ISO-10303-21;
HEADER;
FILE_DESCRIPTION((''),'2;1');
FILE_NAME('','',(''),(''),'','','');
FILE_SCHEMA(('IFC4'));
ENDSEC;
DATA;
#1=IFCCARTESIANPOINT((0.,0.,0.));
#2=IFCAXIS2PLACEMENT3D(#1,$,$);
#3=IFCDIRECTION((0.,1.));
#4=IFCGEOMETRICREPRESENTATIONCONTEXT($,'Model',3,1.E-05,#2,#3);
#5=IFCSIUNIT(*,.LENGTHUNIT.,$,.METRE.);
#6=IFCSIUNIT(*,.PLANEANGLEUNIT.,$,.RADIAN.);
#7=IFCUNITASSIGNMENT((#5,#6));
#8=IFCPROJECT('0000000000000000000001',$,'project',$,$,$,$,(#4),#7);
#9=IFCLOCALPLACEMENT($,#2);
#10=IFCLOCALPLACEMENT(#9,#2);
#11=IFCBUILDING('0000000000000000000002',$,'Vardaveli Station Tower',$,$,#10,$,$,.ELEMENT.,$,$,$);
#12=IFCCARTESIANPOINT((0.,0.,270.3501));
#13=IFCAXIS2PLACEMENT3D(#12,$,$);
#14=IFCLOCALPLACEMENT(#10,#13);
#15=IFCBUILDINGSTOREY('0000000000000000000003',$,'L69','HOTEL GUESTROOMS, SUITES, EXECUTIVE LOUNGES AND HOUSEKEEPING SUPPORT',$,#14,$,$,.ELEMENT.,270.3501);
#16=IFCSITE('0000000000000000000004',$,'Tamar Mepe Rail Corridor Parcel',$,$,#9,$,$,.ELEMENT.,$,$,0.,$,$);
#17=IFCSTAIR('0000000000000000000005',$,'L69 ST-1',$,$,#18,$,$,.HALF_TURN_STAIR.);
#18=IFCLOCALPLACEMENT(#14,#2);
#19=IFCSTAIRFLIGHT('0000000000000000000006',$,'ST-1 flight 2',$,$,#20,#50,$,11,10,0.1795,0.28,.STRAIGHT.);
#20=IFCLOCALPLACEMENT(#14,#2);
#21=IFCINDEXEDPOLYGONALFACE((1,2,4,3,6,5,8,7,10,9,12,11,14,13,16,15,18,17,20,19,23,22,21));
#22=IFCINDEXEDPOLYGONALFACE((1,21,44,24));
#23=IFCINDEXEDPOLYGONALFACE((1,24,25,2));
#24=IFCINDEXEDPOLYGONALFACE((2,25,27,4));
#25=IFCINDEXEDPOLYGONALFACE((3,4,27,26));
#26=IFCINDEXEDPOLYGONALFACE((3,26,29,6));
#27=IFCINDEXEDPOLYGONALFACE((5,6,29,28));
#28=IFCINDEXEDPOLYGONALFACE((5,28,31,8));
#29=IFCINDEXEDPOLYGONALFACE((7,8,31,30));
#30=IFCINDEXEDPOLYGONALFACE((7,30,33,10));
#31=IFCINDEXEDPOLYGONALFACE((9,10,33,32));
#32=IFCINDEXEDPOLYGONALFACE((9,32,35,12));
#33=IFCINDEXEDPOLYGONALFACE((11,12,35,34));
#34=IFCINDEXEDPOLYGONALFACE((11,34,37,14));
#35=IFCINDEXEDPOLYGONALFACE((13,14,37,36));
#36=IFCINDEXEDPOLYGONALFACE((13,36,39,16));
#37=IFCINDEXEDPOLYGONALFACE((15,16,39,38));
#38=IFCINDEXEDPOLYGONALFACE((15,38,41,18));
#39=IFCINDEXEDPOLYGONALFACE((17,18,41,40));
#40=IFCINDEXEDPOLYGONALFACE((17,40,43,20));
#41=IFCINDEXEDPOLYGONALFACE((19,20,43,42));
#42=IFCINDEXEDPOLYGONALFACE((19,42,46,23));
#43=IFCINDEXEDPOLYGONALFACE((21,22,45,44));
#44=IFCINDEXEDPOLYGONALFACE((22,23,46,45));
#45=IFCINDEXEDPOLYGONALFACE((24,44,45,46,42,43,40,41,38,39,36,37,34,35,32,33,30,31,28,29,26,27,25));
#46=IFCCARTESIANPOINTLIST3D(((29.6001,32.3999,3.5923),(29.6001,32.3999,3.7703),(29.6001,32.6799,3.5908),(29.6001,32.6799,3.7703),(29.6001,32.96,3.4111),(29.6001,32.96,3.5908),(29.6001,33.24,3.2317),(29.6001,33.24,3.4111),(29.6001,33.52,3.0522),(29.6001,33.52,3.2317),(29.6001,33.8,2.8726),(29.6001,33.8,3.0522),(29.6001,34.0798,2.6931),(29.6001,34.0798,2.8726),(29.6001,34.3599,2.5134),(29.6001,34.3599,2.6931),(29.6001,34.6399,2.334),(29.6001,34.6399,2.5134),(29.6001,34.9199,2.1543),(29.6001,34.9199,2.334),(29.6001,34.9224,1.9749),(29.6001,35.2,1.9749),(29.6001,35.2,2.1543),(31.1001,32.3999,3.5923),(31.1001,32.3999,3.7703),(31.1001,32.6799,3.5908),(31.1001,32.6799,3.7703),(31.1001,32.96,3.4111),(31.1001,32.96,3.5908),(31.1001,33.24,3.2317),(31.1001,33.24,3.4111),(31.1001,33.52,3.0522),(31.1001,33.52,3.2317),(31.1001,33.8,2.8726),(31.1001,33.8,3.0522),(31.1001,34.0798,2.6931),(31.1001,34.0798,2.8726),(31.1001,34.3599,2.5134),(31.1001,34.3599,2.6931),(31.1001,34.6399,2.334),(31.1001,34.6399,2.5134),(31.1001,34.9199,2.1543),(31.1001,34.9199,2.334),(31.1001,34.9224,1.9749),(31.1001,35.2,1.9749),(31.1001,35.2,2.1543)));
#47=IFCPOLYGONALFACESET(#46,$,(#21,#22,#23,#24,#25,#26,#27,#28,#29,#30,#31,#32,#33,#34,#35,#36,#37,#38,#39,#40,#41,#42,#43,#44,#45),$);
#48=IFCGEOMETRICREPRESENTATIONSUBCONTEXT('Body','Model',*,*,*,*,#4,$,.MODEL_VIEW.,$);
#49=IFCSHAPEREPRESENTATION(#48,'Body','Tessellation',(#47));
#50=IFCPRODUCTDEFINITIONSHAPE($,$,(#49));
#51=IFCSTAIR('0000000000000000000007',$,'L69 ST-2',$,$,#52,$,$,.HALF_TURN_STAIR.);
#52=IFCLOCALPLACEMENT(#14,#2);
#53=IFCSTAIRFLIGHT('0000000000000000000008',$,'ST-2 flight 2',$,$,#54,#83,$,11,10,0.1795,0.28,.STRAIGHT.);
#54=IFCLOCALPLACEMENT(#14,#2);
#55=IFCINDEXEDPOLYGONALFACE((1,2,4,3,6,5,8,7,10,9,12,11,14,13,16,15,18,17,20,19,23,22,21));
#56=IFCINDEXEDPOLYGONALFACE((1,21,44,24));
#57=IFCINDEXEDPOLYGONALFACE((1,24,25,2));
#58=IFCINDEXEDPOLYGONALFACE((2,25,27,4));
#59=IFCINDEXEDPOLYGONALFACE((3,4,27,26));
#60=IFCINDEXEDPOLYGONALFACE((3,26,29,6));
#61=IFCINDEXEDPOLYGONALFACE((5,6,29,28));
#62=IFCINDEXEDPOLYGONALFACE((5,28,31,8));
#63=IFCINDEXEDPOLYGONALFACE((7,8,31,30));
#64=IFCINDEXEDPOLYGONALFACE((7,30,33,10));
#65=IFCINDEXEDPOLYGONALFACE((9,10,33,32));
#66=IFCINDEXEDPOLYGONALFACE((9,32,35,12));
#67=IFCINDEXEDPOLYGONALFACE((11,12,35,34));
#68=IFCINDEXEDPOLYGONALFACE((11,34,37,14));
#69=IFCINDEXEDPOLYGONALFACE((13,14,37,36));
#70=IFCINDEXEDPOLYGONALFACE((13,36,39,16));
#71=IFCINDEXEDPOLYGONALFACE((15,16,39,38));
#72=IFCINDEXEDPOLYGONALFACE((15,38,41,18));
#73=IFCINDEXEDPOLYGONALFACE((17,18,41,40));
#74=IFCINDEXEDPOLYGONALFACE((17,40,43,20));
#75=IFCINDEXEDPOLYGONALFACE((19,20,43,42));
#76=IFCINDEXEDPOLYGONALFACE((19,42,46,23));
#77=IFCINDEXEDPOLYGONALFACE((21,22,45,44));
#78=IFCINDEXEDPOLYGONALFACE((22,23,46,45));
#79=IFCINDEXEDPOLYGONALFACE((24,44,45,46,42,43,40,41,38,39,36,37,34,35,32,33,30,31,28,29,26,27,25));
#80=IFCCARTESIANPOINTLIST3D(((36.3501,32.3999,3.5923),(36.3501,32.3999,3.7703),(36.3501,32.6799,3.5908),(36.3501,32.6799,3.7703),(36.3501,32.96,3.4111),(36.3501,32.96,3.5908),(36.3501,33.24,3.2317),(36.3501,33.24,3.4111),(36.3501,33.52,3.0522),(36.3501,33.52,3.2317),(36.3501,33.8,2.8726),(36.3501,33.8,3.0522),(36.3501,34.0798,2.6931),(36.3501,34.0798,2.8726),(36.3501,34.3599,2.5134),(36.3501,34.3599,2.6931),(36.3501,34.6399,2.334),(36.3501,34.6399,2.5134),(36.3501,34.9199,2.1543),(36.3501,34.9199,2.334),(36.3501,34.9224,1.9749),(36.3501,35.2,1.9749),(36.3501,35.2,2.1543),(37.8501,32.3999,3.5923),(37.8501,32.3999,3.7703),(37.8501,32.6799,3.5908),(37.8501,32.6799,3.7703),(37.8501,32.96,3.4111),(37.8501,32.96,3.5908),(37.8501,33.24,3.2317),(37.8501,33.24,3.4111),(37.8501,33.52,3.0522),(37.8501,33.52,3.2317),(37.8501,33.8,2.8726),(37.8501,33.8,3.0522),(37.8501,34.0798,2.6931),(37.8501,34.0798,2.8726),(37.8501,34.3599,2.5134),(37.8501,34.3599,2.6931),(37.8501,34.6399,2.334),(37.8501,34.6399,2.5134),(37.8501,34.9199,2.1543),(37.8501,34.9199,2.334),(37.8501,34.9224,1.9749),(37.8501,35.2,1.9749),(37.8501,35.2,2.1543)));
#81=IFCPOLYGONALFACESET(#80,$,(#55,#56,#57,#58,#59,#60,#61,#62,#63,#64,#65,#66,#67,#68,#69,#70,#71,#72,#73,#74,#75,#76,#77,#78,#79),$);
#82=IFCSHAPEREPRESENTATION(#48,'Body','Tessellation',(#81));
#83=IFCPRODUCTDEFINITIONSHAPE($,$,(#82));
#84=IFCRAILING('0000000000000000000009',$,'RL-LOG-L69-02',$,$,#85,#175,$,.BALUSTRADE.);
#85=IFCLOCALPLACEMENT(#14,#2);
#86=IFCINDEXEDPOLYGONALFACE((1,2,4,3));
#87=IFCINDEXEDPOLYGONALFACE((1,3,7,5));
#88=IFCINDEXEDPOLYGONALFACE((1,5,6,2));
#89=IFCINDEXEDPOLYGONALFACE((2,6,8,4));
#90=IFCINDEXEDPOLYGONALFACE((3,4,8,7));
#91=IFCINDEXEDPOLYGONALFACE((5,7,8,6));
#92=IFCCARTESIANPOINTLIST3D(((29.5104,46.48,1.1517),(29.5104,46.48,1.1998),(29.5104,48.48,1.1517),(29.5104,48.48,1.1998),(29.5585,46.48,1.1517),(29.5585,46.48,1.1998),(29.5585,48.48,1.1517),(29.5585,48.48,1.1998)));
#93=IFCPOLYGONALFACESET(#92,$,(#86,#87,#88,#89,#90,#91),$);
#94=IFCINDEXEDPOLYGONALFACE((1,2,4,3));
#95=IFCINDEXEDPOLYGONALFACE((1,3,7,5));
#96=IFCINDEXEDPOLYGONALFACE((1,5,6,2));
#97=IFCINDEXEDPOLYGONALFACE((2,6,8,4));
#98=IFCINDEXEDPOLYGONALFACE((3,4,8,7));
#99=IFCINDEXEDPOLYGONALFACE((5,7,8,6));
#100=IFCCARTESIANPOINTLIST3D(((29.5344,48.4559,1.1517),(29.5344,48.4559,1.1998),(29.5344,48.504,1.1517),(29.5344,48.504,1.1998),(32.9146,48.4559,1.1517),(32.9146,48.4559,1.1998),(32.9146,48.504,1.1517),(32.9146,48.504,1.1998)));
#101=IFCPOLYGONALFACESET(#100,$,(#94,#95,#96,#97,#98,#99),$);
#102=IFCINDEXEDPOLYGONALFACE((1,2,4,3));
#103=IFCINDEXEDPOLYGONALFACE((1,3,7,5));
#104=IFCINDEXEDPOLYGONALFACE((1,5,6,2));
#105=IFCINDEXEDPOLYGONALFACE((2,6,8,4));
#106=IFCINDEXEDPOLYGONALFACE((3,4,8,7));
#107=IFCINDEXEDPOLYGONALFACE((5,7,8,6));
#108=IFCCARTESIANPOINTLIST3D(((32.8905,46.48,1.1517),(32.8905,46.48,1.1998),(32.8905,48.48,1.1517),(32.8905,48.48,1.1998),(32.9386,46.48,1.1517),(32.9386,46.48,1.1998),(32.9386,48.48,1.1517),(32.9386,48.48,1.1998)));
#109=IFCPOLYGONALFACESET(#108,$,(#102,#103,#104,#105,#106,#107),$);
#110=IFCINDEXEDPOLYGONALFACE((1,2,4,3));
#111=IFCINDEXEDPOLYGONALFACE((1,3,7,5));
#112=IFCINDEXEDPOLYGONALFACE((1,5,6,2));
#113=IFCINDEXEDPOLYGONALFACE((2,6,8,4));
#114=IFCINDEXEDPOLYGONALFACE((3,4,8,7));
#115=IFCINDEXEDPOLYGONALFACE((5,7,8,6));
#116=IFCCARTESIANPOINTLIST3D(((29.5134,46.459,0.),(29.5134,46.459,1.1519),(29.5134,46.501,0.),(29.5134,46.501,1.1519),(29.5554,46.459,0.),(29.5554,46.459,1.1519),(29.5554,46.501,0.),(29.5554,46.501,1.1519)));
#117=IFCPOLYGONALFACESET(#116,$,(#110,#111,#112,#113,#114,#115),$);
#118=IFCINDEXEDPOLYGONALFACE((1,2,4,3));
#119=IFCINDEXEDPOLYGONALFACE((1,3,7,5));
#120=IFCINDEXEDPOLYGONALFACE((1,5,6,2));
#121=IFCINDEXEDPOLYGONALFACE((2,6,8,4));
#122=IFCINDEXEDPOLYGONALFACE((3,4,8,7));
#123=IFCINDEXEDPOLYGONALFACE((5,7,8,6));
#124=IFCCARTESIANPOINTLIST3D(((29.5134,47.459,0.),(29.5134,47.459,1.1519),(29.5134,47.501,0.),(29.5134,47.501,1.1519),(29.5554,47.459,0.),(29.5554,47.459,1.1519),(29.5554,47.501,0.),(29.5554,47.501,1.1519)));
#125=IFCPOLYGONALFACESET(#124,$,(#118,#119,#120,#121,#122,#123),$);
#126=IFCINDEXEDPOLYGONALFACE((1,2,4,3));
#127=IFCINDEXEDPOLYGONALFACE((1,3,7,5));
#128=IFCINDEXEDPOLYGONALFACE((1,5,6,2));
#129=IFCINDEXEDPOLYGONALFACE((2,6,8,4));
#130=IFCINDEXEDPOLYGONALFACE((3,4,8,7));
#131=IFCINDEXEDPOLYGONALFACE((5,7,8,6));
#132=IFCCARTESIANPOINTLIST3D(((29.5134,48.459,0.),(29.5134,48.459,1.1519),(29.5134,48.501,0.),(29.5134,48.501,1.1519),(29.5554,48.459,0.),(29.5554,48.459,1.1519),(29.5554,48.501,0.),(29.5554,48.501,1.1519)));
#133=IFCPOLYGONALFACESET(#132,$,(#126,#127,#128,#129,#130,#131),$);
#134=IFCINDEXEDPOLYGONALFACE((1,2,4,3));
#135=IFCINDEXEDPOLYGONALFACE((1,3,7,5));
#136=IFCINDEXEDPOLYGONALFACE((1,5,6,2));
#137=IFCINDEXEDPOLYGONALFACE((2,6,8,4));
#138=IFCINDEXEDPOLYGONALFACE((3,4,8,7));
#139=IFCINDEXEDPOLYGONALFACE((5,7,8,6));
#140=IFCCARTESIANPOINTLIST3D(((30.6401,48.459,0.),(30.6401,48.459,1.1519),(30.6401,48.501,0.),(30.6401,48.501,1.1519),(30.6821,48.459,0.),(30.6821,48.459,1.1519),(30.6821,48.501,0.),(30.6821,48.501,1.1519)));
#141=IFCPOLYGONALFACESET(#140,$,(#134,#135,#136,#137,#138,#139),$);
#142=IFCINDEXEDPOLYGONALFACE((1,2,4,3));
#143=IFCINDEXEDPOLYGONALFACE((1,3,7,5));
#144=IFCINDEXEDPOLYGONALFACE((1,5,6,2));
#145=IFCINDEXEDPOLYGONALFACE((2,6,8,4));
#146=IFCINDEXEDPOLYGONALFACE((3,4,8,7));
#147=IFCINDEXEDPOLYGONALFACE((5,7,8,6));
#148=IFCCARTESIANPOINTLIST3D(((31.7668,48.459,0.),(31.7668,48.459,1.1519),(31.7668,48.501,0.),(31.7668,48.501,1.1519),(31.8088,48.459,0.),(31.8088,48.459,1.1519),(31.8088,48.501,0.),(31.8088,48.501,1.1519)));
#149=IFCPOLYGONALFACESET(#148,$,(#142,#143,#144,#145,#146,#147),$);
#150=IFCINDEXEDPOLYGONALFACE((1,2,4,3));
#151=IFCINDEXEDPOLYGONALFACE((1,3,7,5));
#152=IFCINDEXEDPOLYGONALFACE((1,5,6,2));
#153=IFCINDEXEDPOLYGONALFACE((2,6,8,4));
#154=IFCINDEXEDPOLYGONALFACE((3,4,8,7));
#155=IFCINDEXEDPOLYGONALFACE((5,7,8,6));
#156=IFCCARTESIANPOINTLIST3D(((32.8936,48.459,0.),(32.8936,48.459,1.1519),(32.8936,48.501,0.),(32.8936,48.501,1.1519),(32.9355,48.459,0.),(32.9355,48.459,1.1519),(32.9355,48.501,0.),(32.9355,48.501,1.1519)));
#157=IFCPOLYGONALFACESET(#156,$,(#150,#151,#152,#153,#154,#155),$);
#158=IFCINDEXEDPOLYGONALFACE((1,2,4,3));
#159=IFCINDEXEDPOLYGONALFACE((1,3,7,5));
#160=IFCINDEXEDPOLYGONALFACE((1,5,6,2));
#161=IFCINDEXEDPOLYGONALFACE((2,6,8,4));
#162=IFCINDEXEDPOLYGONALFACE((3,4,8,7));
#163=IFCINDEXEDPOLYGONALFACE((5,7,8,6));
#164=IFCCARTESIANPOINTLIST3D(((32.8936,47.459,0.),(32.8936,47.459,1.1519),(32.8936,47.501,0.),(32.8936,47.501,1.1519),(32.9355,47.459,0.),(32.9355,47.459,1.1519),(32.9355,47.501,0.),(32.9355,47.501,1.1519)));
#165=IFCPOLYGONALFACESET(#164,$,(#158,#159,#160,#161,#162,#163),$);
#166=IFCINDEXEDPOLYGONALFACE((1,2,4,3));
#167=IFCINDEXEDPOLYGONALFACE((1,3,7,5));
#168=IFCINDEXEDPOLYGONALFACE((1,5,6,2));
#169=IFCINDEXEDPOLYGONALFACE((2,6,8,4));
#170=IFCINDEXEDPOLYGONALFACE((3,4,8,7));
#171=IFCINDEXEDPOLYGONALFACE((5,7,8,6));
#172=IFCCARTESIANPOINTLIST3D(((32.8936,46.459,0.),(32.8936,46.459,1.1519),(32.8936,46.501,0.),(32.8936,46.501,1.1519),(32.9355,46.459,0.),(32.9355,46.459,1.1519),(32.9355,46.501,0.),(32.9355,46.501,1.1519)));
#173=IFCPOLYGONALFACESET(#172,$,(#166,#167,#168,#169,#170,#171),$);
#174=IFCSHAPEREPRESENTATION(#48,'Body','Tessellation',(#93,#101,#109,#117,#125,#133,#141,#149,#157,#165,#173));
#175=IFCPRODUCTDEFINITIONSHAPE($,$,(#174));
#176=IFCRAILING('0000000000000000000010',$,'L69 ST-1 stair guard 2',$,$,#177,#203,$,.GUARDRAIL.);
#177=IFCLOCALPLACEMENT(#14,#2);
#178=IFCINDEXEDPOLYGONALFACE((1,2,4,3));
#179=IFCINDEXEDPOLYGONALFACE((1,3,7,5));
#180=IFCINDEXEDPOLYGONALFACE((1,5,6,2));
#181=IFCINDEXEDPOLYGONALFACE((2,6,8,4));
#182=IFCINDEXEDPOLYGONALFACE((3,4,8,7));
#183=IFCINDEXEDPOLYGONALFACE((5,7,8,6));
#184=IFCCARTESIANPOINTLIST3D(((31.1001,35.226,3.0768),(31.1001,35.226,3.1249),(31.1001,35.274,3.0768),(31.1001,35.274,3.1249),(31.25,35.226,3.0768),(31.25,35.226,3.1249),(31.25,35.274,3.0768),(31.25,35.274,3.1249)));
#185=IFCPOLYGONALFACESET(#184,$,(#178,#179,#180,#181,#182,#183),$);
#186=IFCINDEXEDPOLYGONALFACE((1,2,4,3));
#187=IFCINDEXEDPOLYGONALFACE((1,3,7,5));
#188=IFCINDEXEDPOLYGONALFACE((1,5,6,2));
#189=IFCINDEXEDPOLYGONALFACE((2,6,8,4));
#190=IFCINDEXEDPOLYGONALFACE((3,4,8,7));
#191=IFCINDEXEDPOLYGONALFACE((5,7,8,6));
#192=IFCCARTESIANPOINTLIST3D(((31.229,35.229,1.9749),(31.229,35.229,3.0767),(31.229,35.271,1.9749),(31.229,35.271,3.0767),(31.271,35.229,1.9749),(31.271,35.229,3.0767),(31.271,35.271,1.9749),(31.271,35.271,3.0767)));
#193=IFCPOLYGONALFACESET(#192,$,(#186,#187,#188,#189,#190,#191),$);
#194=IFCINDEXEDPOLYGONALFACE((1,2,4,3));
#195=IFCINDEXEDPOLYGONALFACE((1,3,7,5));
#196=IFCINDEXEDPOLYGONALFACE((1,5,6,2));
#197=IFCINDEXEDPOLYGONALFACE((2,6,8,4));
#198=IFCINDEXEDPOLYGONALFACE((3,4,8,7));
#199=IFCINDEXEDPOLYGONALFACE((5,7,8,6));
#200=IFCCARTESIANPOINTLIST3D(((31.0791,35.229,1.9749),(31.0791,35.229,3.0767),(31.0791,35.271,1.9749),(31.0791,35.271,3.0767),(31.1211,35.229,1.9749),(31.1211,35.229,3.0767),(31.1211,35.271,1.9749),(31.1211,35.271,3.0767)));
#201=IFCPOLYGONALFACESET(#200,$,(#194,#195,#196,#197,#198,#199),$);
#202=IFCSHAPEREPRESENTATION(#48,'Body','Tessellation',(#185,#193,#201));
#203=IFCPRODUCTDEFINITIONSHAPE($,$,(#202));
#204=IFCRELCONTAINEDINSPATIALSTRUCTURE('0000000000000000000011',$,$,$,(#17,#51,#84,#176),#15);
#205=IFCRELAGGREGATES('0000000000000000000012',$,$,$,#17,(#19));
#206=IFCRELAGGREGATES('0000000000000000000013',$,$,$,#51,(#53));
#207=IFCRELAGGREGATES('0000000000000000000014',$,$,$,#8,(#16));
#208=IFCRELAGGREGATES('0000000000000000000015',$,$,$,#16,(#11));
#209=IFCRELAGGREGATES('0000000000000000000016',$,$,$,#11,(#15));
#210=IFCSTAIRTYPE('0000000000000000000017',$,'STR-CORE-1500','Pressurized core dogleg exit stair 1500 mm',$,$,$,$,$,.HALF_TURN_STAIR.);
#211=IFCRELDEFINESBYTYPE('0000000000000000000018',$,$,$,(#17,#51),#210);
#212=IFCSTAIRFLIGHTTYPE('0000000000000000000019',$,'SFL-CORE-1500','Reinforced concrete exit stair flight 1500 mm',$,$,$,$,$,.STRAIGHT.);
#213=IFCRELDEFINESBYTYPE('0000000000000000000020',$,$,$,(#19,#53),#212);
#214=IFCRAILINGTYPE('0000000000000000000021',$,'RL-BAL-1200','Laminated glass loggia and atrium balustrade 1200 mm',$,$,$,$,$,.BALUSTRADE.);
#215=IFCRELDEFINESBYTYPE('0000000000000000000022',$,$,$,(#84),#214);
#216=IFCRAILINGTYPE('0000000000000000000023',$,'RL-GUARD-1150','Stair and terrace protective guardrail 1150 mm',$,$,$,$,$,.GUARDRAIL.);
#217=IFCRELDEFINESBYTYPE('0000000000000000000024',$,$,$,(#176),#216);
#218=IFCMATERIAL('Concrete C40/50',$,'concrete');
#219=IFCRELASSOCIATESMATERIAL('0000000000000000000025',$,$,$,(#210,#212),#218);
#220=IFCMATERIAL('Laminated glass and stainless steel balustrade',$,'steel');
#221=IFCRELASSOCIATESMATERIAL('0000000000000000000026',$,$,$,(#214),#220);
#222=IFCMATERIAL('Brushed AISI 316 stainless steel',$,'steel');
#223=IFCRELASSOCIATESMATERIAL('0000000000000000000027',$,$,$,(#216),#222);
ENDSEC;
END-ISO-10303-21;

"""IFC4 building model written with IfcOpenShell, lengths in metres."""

from ifc_helpers import new_model, si_unit, direction, frame, origin, origin_2d, place, context, subcontext, project, spatial, polyline, rectangle, outline, extrude, source, transform, mapped, material, type_object, element, aggregate, save


model = new_model("IFC4")

# Units and contexts
model_context = context("Model", 3, precision=1e-05, world=origin(), true_north=direction((0.0, 1.0)))
body_context = subcontext(model_context, "Body", "Model", "MODEL_VIEW")
ifc_project = project(units=[si_unit("LENGTHUNIT", "METRE"), si_unit("PLANEANGLEUNIT", "RADIAN")], contexts=[model_context])

# Site, building, storey
site_placement = place(None, origin())
site = spatial("IfcSite", under=ifc_project, at=site_placement, Name="Tamar Mepe Rail Corridor Parcel", CompositionType="ELEMENT", RefElevation=0.0)
building_placement = place(site_placement, origin())
building = spatial("IfcBuilding", under=site, at=building_placement, Name="Vardaveli Station Tower", CompositionType="ELEMENT")
storey_placement = place(building_placement, frame((0.0, 0.0, 270.3501)))
storey = spatial("IfcBuildingStorey", under=building, at=storey_placement, Name="L69", Description="HOTEL GUESTROOMS, SUITES, EXECUTIVE LOUNGES AND HOUSEKEEPING SUPPORT", CompositionType="ELEMENT", Elevation=270.3501)

# Shared definitions
ifc_material_1 = material(Name="Concrete C40/50", Category="concrete")

# Stairs, stair flights
stair_type = type_object("IfcStairType", Name="STR-CORE-1500", Description="Pressurized core dogleg exit stair 1500 mm", PredefinedType="HALF_TURN_STAIR", material=ifc_material_1)
stair_1_placement = place(storey_placement, origin())
stair_1 = element("IfcStair", 1, at=stair_1_placement, inside=storey, type_object=stair_type, Name="L69 ST-1", PredefinedType="HALF_TURN_STAIR")
stair_flight_type = type_object("IfcStairFlightType", Name="SFL-CORE-1500", Description="Reinforced concrete exit stair flight 1500 mm", PredefinedType="STRAIGHT", material=ifc_material_1)
shared_shape_1 = source(origin(), body_context, "Body", "SweptSolid", [
    extrude(outline(polyline([(0.0, 0.0), (0.0, 0.1794), (0.28, 0.1794), (0.28, 0.3591), (0.5601, 0.3591), (0.5601, 0.5386), (0.8401, 0.5386), (0.8401, 0.7183), (1.1201, 0.7183), (1.1201, 0.8977), (1.3999, 0.8977), (1.3999, 1.0774), (1.6799, 1.0774), (1.6799, 1.2568), (1.96, 1.2568), (1.96, 1.4363), (2.24, 1.4363), (2.24, 1.616), (2.52, 1.616), (2.52, 1.7954), (2.8, 1.7954), (2.8, 1.9751), (2.8, 1.6174), (0.2776, 0.0), (0.0, 0.0)])), frame((0.0, 0.75, 0.0), z_axis=(0.0, -1.0, 0.0), x_axis=(1.0, 0.0, 0.0)), (0.0, 0.0, 1.0), 1.5),
])
stair_flight_1_placement = place(storey_placement, frame((30.3501, 35.2, 1.9749), z_axis=(0.0, 0.0, 1.0), x_axis=(0.0, -1.0, 0.0)))
stair_flight_1 = element("IfcStairFlight", 2, at=stair_flight_1_placement, type_object=stair_flight_type, Name="ST-1 flight 2", NumberOfRisers=11, NumberOfTreads=10, PredefinedType="STRAIGHT", RiserHeight=0.1795, TreadLength=0.28, context=body_context, shape_type="MappedRepresentation", body=[
    mapped(shared_shape_1, transform((0.0, 0.0, 0.0), scale=1.0)),
])
aggregate(stair_1, [stair_flight_1])
stair_2_placement = place(storey_placement, origin())
stair_2 = element("IfcStair", 3, at=stair_2_placement, inside=storey, type_object=stair_type, Name="L69 ST-2", PredefinedType="HALF_TURN_STAIR")
stair_flight_2_placement = place(storey_placement, frame((37.1001, 35.2, 1.9749), z_axis=(0.0, 0.0, 1.0), x_axis=(0.0, -1.0, 0.0)))
stair_flight_2 = element("IfcStairFlight", 4, at=stair_flight_2_placement, type_object=stair_flight_type, Name="ST-2 flight 2", NumberOfRisers=11, NumberOfTreads=10, PredefinedType="STRAIGHT", RiserHeight=0.1795, TreadLength=0.28, context=body_context, shape_type="MappedRepresentation", body=[
    mapped(shared_shape_1, transform((0.0, 0.0, 0.0), scale=1.0)),
])
aggregate(stair_2, [stair_flight_2])

# Railings
ifc_material_2 = material(Name="Laminated glass and stainless steel balustrade", Category="steel")
railing_type_1 = type_object("IfcRailingType", Name="RL-BAL-1200", Description="Laminated glass loggia and atrium balustrade 1200 mm", PredefinedType="BALUSTRADE", material=ifc_material_2)
shared_shape_2 = source(origin(), body_context, "Body", "SweptSolid", [
    extrude(rectangle(XDim=0.0481, YDim=0.0481, at=origin_2d()), frame((0.0, 0.0, 1.1758), z_axis=(0.0, 1.0, 0.0), x_axis=(-1.0, 0.0, 0.0)), (0.0, 0.0, 1.0), 2.0),
    extrude(rectangle(XDim=0.0481, YDim=0.0481, at=origin_2d()), frame((0.0, 2.0, 1.1758), z_axis=(1.0, 0.0, 0.0), x_axis=(0.0, 1.0, 0.0)), (0.0, 0.0, 1.0), 3.3801),
    extrude(rectangle(XDim=0.0481, YDim=0.0481, at=origin_2d()), frame((3.3801, 2.0, 1.1758), z_axis=(0.0, -1.0, 0.0), x_axis=(1.0, 0.0, 0.0)), (0.0, 0.0, 1.0), 2.0),
    extrude(rectangle(XDim=0.042, YDim=0.042, at=origin_2d()), origin(), (0.0, 0.0, 1.0), 1.1519),
    extrude(rectangle(XDim=0.042, YDim=0.042, at=origin_2d()), frame((0.0, 1.0, 0.0)), (0.0, 0.0, 1.0), 1.1519),
    extrude(rectangle(XDim=0.042, YDim=0.042, at=origin_2d()), frame((0.0, 2.0, 0.0)), (0.0, 0.0, 1.0), 1.1519),
    extrude(rectangle(XDim=0.042, YDim=0.042, at=origin_2d()), frame((1.1267, 2.0, 0.0)), (0.0, 0.0, 1.0), 1.1519),
    extrude(rectangle(XDim=0.042, YDim=0.042, at=origin_2d()), frame((2.2534, 2.0, 0.0)), (0.0, 0.0, 1.0), 1.1519),
    extrude(rectangle(XDim=0.042, YDim=0.042, at=origin_2d()), frame((3.3801, 2.0, 0.0)), (0.0, 0.0, 1.0), 1.1519),
    extrude(rectangle(XDim=0.042, YDim=0.042, at=origin_2d()), frame((3.3801, 1.0, 0.0)), (0.0, 0.0, 1.0), 1.1519),
    extrude(rectangle(XDim=0.042, YDim=0.042, at=origin_2d()), frame((3.3801, 0.0, 0.0)), (0.0, 0.0, 1.0), 1.1519),
])
railing_1_placement = place(storey_placement, frame((29.5344, 46.48, 0.0)))
element("IfcRailing", 5, at=railing_1_placement, inside=storey, type_object=railing_type_1, Name="RL-LOG-L69-02", PredefinedType="BALUSTRADE", context=body_context, shape_type="MappedRepresentation", body=[
    mapped(shared_shape_2, transform((0.0, 0.0, 0.0), scale=1.0)),
])
ifc_material_3 = material(Name="Brushed AISI 316 stainless steel", Category="steel")
railing_type_2 = type_object("IfcRailingType", Name="RL-GUARD-1150", Description="Stair and terrace protective guardrail 1150 mm", PredefinedType="GUARDRAIL", material=ifc_material_3)
shared_shape_3 = source(origin(), body_context, "Body", "SweptSolid", [
    extrude(rectangle(XDim=0.0481, YDim=0.0481, at=origin_2d()), frame((0.0, 0.0, 1.126), z_axis=(-1.0, 0.0, 0.0), x_axis=(0.0, -1.0, 0.0)), (0.0, 0.0, 1.0), 0.1499),
    extrude(rectangle(XDim=0.042, YDim=0.042, at=origin_2d()), origin(), (0.0, 0.0, 1.0), 1.1018),
    extrude(rectangle(XDim=0.042, YDim=0.042, at=origin_2d()), frame((-0.1499, 0.0, 0.0)), (0.0, 0.0, 1.0), 1.1018),
])
railing_2_placement = place(storey_placement, frame((31.25, 35.25, 1.9749)))
element("IfcRailing", 6, at=railing_2_placement, inside=storey, type_object=railing_type_2, Name="L69 ST-1 stair guard 2", PredefinedType="GUARDRAIL", context=body_context, shape_type="MappedRepresentation", body=[
    mapped(shared_shape_3, transform((0.0, 0.0, 0.0), scale=1.0)),
])

save(model, "model.ifc")
